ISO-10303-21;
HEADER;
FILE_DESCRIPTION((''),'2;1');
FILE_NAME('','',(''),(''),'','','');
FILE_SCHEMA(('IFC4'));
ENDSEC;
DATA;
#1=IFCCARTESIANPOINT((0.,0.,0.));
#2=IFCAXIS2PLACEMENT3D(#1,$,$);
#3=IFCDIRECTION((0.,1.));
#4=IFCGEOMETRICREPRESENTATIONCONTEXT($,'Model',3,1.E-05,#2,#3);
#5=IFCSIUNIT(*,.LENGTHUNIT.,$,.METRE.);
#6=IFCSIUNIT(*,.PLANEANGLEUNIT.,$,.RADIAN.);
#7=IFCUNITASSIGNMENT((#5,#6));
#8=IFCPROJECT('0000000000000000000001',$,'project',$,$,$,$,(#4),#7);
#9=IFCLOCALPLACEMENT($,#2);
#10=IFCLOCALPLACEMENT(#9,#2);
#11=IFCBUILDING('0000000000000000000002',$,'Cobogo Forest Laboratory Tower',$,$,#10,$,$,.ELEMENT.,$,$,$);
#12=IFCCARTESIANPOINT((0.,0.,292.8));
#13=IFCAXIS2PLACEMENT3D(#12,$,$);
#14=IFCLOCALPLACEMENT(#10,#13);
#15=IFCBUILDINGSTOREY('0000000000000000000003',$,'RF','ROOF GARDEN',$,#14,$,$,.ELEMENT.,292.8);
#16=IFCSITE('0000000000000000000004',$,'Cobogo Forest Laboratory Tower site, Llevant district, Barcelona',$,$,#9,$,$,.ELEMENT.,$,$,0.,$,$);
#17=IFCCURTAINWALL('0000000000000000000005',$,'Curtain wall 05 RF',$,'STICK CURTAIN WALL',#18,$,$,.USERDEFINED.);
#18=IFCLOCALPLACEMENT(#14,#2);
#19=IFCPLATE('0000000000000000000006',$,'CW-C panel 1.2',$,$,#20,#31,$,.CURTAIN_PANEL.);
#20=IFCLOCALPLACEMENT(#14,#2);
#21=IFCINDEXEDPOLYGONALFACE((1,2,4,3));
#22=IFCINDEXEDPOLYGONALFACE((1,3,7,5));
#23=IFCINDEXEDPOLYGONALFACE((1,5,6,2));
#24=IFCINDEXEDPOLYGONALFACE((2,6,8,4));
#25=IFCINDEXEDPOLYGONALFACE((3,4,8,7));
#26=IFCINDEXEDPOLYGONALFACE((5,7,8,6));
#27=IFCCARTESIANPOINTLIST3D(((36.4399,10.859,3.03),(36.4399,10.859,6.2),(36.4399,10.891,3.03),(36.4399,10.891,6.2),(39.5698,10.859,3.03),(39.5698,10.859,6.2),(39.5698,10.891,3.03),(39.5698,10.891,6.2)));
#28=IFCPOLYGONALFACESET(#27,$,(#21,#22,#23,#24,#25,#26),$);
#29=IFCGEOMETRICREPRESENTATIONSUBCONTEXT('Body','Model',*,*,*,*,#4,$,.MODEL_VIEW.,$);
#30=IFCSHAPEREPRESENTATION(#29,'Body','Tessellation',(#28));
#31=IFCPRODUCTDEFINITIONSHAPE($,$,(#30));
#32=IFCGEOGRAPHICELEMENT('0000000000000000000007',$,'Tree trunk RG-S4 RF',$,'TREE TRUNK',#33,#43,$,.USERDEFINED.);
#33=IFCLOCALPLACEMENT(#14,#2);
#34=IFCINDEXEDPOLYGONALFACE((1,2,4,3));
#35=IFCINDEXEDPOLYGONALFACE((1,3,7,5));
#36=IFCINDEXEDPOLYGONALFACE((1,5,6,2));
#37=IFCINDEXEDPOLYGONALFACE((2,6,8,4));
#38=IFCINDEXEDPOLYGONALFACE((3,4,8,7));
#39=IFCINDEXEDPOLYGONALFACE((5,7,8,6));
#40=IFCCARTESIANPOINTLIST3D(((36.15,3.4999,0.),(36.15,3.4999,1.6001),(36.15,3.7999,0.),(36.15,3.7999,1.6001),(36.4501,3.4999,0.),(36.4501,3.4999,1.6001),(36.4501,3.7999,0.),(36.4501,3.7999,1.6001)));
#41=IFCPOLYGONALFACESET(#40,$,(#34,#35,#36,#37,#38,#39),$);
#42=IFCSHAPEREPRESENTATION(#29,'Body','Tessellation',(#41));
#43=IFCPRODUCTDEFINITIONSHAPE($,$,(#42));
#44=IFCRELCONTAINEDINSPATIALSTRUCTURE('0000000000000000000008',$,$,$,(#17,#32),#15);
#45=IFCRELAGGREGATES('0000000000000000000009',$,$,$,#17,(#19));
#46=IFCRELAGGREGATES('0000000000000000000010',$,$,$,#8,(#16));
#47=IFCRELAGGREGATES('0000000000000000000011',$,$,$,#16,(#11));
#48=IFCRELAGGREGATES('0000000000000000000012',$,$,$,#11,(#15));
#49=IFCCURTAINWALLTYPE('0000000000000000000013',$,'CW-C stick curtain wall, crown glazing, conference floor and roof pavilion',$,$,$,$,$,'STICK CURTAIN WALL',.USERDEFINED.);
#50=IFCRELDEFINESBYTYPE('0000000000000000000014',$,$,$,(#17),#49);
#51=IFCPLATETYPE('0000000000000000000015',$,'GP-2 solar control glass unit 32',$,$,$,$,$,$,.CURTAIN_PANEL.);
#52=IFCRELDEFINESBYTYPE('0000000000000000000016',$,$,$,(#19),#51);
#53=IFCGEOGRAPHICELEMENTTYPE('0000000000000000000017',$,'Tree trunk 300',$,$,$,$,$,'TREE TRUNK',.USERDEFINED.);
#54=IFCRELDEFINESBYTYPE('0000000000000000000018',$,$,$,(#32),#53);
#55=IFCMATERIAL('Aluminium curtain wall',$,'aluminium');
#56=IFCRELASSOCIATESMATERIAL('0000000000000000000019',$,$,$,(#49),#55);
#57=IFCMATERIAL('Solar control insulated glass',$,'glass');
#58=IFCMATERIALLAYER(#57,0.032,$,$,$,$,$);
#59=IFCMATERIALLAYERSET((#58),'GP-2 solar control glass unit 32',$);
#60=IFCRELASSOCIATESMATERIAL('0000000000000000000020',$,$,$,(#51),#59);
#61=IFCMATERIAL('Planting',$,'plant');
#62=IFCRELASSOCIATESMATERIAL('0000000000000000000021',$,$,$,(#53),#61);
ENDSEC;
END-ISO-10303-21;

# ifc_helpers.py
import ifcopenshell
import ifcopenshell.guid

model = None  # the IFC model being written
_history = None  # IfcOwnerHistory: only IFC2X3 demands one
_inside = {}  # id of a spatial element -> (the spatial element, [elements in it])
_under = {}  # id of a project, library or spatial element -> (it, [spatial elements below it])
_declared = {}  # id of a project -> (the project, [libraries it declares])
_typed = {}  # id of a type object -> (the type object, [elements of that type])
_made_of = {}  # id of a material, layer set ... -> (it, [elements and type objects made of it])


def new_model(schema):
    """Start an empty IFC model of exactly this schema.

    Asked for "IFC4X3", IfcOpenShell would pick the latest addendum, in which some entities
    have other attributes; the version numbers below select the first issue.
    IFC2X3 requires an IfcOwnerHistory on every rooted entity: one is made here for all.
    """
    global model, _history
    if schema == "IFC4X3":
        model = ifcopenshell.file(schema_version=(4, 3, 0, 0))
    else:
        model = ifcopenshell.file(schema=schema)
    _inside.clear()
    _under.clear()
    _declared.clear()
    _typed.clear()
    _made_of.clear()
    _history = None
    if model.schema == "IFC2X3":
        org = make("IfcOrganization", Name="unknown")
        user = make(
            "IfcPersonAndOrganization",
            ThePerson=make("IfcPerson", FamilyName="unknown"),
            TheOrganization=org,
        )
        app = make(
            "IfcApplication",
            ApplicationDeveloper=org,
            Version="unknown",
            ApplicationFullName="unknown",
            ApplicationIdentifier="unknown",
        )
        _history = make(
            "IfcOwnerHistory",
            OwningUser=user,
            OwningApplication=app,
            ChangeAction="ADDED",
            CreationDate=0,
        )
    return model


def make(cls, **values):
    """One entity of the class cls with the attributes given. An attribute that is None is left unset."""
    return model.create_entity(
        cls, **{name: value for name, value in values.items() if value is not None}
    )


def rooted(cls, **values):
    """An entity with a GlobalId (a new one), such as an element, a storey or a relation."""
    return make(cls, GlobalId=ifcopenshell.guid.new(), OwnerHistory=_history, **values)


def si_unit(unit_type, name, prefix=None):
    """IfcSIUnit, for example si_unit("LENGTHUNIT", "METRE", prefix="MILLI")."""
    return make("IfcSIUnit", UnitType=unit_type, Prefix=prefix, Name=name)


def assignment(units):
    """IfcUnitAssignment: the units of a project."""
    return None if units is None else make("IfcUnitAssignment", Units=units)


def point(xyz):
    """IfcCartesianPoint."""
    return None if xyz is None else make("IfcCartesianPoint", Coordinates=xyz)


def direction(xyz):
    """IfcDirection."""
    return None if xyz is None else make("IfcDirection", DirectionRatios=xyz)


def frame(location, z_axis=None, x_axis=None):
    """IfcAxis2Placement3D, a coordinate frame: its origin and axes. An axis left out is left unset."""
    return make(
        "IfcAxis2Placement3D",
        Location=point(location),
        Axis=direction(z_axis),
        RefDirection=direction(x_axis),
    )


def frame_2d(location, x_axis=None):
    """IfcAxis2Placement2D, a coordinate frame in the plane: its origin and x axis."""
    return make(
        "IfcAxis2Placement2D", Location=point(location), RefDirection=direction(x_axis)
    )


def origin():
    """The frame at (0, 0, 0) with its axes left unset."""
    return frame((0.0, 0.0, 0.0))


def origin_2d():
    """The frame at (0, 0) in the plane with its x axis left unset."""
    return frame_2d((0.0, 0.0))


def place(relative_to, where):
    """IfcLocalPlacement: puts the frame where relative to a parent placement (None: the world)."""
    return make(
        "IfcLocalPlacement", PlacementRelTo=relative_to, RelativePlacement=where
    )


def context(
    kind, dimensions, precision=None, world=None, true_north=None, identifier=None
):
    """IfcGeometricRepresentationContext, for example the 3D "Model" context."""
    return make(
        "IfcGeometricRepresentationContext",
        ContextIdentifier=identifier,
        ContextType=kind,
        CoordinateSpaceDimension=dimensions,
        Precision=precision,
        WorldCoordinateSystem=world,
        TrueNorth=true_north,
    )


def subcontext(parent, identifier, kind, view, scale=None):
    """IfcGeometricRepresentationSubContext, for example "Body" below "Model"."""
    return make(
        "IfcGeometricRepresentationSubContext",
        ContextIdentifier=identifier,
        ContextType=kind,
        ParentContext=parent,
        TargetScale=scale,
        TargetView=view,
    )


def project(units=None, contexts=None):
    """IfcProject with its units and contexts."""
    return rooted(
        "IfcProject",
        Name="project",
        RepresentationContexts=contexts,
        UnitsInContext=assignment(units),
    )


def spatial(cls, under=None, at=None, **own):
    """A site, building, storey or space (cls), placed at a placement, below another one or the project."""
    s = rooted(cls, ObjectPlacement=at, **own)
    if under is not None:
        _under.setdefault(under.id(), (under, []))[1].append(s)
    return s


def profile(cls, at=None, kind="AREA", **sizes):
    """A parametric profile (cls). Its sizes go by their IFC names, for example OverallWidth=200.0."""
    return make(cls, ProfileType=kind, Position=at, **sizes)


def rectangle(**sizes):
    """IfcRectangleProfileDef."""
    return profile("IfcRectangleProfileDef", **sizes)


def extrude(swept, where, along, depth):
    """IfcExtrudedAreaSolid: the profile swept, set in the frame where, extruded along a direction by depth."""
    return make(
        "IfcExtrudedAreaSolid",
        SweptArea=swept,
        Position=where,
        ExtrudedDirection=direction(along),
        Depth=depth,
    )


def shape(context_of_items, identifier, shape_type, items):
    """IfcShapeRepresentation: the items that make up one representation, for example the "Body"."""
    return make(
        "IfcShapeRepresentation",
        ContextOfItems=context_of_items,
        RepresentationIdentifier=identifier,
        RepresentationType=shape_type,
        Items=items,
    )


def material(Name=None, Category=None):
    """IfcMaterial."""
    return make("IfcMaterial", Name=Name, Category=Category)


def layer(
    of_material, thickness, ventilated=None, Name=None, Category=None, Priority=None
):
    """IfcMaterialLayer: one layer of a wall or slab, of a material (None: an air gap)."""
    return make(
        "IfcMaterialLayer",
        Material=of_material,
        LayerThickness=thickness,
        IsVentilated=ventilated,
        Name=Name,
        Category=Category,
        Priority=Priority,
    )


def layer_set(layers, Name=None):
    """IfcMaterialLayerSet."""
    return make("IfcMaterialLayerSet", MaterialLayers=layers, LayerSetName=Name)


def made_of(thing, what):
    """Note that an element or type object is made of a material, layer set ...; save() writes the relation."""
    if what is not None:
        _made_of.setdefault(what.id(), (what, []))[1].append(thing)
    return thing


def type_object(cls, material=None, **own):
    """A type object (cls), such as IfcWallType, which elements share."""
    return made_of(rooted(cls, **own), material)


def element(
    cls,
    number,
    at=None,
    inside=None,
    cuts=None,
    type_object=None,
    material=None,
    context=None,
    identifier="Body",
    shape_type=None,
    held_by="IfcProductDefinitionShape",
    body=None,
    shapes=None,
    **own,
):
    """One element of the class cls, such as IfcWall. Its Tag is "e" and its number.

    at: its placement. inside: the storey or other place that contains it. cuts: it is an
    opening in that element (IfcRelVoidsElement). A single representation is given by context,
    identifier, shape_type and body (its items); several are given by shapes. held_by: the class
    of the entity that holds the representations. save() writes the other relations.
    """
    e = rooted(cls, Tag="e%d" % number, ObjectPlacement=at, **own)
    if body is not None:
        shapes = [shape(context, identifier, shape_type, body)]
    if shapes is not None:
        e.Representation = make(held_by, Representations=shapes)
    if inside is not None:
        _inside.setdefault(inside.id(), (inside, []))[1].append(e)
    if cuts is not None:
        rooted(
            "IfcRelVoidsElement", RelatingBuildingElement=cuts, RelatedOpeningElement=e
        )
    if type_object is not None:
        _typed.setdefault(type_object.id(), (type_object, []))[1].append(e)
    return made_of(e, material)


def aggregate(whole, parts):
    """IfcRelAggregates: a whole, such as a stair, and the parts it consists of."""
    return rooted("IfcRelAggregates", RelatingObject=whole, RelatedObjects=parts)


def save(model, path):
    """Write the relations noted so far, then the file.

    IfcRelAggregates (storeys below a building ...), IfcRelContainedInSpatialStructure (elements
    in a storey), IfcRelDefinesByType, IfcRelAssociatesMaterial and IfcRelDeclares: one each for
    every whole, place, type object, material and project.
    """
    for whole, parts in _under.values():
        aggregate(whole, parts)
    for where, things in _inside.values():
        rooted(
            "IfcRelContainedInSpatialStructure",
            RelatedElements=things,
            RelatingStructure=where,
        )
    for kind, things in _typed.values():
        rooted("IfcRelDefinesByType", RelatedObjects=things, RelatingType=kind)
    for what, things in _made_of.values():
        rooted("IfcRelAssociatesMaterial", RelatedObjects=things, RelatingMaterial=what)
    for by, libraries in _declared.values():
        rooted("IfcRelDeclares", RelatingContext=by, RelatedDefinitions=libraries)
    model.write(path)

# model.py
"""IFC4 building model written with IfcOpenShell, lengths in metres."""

from ifc_helpers import new_model, si_unit, direction, frame, origin, origin_2d, place, context, subcontext, project, spatial, rectangle, extrude, material, layer, layer_set, type_object, element, aggregate, save


model = new_model("IFC4")

# Units and contexts
model_context = context("Model", 3, precision=1e-05, world=origin(), true_north=direction((0.0, 1.0)))
body_context = subcontext(model_context, "Body", "Model", "MODEL_VIEW")
ifc_project = project(units=[si_unit("LENGTHUNIT", "METRE"), si_unit("PLANEANGLEUNIT", "RADIAN")], contexts=[model_context])

# Site, building, storey
site_placement = place(None, origin())
site = spatial("IfcSite", under=ifc_project, at=site_placement, Name="Cobogo Forest Laboratory Tower site, Llevant district, Barcelona", CompositionType="ELEMENT", RefElevation=0.0)
building_placement = place(site_placement, origin())
building = spatial("IfcBuilding", under=site, at=building_placement, Name="Cobogo Forest Laboratory Tower", CompositionType="ELEMENT")
storey_placement = place(building_placement, frame((0.0, 0.0, 292.8)))
storey = spatial("IfcBuildingStorey", under=building, at=storey_placement, Name="RF", Description="ROOF GARDEN", CompositionType="ELEMENT", Elevation=292.8)

# Shared definitions
ifc_material_1 = material(Name="Aluminium curtain wall", Category="aluminium")
curtain_wall_type = type_object("IfcCurtainWallType", Name="CW-C stick curtain wall, crown glazing, conference floor and roof pavilion", ElementType="STICK CURTAIN WALL", PredefinedType="USERDEFINED", material=ifc_material_1)

# Curtain wall
curtain_wall_1_placement = place(storey_placement, origin())
curtain_wall_1 = element("IfcCurtainWall", 1, at=curtain_wall_1_placement, inside=storey, type_object=curtain_wall_type, Name="Curtain wall 05 RF", ObjectType="STICK CURTAIN WALL", PredefinedType="USERDEFINED")

# Plate
ifc_material_2 = material(Name="Solar control insulated glass", Category="glass")
ifc_layer = layer(ifc_material_2, 0.032)
ifc_layer_set = layer_set([ifc_layer], Name="GP-2 solar control glass unit 32")
plate_type = type_object("IfcPlateType", Name="GP-2 solar control glass unit 32", PredefinedType="CURTAIN_PANEL", material=ifc_layer_set)
plate_1_placement = place(storey_placement, frame((38.0049, 10.875, 3.03), z_axis=(0.0, 0.0, 1.0), x_axis=(1.0, 0.0, 0.0)))
plate_1 = element("IfcPlate", 2, at=plate_1_placement, type_object=plate_type, Name="CW-C panel 1.2", PredefinedType="CURTAIN_PANEL", context=body_context, shape_type="SweptSolid", body=[
    extrude(rectangle(XDim=3.1299, YDim=0.032, at=origin_2d()), origin(), (0.0, 0.0, 1.0), 3.1699),
])
aggregate(curtain_wall_1, [plate_1])

# Geographic element
ifc_material_3 = material(Name="Planting", Category="plant")
geographic_element_type = type_object("IfcGeographicElementType", Name="Tree trunk 300", ElementType="TREE TRUNK", PredefinedType="USERDEFINED", material=ifc_material_3)
geographic_element_placement = place(storey_placement, frame((36.3, 3.6499, 0.0), z_axis=(0.0, 0.0, 1.0), x_axis=(1.0, 0.0, 0.0)))
element("IfcGeographicElement", 3, at=geographic_element_placement, inside=storey, type_object=geographic_element_type, Name="Tree trunk RG-S4 RF", ObjectType="TREE TRUNK", PredefinedType="USERDEFINED", context=body_context, shape_type="SweptSolid", body=[
    extrude(rectangle(XDim=0.3, YDim=0.3, at=origin_2d()), origin(), (0.0, 0.0, 1.0), 1.6001),
])

save(model, "model.ifc")
